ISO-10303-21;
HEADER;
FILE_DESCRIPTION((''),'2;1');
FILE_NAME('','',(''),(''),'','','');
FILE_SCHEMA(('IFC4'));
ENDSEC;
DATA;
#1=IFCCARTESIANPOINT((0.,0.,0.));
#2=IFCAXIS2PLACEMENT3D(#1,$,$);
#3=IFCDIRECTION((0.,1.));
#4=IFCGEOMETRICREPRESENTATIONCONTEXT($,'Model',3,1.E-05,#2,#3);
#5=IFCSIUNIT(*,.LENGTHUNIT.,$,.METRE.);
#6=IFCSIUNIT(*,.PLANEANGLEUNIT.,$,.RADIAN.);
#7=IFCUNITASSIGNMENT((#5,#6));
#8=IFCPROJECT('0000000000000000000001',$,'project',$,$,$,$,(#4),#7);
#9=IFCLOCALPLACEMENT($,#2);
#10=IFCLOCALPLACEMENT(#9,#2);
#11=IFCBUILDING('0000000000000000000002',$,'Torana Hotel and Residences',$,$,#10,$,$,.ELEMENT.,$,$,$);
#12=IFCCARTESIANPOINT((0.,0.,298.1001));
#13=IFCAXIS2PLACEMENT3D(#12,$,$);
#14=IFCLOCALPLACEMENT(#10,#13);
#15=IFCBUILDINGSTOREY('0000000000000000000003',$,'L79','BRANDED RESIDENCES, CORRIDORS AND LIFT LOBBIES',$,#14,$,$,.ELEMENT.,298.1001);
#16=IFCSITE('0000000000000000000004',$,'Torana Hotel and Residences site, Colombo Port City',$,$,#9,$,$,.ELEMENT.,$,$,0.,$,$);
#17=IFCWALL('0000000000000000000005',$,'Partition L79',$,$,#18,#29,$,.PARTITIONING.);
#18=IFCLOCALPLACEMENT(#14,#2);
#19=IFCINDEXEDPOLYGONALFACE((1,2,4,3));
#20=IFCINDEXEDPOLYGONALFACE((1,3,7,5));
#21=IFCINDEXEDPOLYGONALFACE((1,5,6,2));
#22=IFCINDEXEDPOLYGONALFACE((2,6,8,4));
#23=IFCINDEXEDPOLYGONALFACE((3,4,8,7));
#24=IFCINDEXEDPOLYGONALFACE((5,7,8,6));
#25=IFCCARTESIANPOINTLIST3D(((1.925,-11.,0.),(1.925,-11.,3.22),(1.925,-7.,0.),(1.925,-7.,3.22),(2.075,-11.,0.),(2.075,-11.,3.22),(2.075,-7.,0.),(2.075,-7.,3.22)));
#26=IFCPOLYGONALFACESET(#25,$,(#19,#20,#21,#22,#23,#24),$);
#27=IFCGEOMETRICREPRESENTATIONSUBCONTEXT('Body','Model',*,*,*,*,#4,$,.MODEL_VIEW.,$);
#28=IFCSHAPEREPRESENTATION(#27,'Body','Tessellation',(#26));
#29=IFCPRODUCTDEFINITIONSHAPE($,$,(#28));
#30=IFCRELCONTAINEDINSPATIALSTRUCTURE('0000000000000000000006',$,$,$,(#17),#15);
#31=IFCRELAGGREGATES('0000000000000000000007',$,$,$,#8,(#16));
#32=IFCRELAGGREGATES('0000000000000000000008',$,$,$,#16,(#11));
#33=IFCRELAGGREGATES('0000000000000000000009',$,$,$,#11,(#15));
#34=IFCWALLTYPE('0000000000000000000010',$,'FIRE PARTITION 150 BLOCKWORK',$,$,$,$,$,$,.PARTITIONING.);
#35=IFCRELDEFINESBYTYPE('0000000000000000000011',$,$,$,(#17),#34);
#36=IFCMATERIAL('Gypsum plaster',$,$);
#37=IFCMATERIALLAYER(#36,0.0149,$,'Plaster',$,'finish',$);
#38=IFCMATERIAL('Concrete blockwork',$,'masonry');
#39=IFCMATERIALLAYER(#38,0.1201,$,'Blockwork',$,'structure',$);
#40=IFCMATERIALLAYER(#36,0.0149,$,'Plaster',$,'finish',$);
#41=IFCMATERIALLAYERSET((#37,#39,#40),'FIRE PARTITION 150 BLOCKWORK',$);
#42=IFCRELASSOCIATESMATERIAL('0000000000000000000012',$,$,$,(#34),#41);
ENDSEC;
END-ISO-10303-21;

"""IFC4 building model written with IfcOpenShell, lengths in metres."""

from ifc_helpers import new_model, si_unit, direction, frame, frame_2d, origin, place, context, subcontext, project, spatial, rectangle, extrude, material, layer, layer_set, type_object, element, save


model = new_model("IFC4")

# Units and contexts
model_context = context("Model", 3, precision=1e-05, world=origin(), true_north=direction((0.0, 1.0)))
body_context = subcontext(model_context, "Body", "Model", "MODEL_VIEW")
ifc_project = project(units=[si_unit("LENGTHUNIT", "METRE"), si_unit("PLANEANGLEUNIT", "RADIAN")], contexts=[model_context])

# Site, building, storey
site_placement = place(None, origin())
site = spatial("IfcSite", under=ifc_project, at=site_placement, Name="Torana Hotel and Residences site, Colombo Port City", CompositionType="ELEMENT", RefElevation=0.0)
building_placement = place(site_placement, origin())
building = spatial("IfcBuilding", under=site, at=building_placement, Name="Torana Hotel and Residences", CompositionType="ELEMENT")
storey_placement = place(building_placement, frame((0.0, 0.0, 298.1001)))
storey = spatial("IfcBuildingStorey", under=building, at=storey_placement, Name="L79", Description="BRANDED RESIDENCES, CORRIDORS AND LIFT LOBBIES", CompositionType="ELEMENT", Elevation=298.1001)

# Wall
ifc_material_1 = material(Name="Gypsum plaster")
ifc_layer_1 = layer(ifc_material_1, 0.0149, Name="Plaster", Category="finish")
ifc_material_2 = material(Name="Concrete blockwork", Category="masonry")
ifc_layer_2 = layer(ifc_material_2, 0.1201, Name="Blockwork", Category="structure")
ifc_layer_3 = layer(ifc_material_1, 0.0149, Name="Plaster", Category="finish")
ifc_layer_set_1 = layer_set([ifc_layer_1, ifc_layer_2, ifc_layer_3], Name="FIRE PARTITION 150 BLOCKWORK")
wall_type_1 = type_object("IfcWallType", Name="FIRE PARTITION 150 BLOCKWORK", PredefinedType="PARTITIONING", material=ifc_layer_set_1)
wall_1_placement = place(storey_placement, frame((2.0, -11.0, 0.0), z_axis=(0.0, 0.0, 1.0), x_axis=(0.0, 1.0, 0.0)))
element("IfcWall", 1, at=wall_1_placement, inside=storey, type_object=wall_type_1, Name="Partition L79", PredefinedType="PARTITIONING", context=body_context, shape_type="SweptSolid", body=[
    extrude(rectangle(XDim=4.0, YDim=0.1499, at=frame_2d((2.0, 0.0))), origin(), (0.0, 0.0, 1.0), 3.22),
])

save(model, "model.ifc")
